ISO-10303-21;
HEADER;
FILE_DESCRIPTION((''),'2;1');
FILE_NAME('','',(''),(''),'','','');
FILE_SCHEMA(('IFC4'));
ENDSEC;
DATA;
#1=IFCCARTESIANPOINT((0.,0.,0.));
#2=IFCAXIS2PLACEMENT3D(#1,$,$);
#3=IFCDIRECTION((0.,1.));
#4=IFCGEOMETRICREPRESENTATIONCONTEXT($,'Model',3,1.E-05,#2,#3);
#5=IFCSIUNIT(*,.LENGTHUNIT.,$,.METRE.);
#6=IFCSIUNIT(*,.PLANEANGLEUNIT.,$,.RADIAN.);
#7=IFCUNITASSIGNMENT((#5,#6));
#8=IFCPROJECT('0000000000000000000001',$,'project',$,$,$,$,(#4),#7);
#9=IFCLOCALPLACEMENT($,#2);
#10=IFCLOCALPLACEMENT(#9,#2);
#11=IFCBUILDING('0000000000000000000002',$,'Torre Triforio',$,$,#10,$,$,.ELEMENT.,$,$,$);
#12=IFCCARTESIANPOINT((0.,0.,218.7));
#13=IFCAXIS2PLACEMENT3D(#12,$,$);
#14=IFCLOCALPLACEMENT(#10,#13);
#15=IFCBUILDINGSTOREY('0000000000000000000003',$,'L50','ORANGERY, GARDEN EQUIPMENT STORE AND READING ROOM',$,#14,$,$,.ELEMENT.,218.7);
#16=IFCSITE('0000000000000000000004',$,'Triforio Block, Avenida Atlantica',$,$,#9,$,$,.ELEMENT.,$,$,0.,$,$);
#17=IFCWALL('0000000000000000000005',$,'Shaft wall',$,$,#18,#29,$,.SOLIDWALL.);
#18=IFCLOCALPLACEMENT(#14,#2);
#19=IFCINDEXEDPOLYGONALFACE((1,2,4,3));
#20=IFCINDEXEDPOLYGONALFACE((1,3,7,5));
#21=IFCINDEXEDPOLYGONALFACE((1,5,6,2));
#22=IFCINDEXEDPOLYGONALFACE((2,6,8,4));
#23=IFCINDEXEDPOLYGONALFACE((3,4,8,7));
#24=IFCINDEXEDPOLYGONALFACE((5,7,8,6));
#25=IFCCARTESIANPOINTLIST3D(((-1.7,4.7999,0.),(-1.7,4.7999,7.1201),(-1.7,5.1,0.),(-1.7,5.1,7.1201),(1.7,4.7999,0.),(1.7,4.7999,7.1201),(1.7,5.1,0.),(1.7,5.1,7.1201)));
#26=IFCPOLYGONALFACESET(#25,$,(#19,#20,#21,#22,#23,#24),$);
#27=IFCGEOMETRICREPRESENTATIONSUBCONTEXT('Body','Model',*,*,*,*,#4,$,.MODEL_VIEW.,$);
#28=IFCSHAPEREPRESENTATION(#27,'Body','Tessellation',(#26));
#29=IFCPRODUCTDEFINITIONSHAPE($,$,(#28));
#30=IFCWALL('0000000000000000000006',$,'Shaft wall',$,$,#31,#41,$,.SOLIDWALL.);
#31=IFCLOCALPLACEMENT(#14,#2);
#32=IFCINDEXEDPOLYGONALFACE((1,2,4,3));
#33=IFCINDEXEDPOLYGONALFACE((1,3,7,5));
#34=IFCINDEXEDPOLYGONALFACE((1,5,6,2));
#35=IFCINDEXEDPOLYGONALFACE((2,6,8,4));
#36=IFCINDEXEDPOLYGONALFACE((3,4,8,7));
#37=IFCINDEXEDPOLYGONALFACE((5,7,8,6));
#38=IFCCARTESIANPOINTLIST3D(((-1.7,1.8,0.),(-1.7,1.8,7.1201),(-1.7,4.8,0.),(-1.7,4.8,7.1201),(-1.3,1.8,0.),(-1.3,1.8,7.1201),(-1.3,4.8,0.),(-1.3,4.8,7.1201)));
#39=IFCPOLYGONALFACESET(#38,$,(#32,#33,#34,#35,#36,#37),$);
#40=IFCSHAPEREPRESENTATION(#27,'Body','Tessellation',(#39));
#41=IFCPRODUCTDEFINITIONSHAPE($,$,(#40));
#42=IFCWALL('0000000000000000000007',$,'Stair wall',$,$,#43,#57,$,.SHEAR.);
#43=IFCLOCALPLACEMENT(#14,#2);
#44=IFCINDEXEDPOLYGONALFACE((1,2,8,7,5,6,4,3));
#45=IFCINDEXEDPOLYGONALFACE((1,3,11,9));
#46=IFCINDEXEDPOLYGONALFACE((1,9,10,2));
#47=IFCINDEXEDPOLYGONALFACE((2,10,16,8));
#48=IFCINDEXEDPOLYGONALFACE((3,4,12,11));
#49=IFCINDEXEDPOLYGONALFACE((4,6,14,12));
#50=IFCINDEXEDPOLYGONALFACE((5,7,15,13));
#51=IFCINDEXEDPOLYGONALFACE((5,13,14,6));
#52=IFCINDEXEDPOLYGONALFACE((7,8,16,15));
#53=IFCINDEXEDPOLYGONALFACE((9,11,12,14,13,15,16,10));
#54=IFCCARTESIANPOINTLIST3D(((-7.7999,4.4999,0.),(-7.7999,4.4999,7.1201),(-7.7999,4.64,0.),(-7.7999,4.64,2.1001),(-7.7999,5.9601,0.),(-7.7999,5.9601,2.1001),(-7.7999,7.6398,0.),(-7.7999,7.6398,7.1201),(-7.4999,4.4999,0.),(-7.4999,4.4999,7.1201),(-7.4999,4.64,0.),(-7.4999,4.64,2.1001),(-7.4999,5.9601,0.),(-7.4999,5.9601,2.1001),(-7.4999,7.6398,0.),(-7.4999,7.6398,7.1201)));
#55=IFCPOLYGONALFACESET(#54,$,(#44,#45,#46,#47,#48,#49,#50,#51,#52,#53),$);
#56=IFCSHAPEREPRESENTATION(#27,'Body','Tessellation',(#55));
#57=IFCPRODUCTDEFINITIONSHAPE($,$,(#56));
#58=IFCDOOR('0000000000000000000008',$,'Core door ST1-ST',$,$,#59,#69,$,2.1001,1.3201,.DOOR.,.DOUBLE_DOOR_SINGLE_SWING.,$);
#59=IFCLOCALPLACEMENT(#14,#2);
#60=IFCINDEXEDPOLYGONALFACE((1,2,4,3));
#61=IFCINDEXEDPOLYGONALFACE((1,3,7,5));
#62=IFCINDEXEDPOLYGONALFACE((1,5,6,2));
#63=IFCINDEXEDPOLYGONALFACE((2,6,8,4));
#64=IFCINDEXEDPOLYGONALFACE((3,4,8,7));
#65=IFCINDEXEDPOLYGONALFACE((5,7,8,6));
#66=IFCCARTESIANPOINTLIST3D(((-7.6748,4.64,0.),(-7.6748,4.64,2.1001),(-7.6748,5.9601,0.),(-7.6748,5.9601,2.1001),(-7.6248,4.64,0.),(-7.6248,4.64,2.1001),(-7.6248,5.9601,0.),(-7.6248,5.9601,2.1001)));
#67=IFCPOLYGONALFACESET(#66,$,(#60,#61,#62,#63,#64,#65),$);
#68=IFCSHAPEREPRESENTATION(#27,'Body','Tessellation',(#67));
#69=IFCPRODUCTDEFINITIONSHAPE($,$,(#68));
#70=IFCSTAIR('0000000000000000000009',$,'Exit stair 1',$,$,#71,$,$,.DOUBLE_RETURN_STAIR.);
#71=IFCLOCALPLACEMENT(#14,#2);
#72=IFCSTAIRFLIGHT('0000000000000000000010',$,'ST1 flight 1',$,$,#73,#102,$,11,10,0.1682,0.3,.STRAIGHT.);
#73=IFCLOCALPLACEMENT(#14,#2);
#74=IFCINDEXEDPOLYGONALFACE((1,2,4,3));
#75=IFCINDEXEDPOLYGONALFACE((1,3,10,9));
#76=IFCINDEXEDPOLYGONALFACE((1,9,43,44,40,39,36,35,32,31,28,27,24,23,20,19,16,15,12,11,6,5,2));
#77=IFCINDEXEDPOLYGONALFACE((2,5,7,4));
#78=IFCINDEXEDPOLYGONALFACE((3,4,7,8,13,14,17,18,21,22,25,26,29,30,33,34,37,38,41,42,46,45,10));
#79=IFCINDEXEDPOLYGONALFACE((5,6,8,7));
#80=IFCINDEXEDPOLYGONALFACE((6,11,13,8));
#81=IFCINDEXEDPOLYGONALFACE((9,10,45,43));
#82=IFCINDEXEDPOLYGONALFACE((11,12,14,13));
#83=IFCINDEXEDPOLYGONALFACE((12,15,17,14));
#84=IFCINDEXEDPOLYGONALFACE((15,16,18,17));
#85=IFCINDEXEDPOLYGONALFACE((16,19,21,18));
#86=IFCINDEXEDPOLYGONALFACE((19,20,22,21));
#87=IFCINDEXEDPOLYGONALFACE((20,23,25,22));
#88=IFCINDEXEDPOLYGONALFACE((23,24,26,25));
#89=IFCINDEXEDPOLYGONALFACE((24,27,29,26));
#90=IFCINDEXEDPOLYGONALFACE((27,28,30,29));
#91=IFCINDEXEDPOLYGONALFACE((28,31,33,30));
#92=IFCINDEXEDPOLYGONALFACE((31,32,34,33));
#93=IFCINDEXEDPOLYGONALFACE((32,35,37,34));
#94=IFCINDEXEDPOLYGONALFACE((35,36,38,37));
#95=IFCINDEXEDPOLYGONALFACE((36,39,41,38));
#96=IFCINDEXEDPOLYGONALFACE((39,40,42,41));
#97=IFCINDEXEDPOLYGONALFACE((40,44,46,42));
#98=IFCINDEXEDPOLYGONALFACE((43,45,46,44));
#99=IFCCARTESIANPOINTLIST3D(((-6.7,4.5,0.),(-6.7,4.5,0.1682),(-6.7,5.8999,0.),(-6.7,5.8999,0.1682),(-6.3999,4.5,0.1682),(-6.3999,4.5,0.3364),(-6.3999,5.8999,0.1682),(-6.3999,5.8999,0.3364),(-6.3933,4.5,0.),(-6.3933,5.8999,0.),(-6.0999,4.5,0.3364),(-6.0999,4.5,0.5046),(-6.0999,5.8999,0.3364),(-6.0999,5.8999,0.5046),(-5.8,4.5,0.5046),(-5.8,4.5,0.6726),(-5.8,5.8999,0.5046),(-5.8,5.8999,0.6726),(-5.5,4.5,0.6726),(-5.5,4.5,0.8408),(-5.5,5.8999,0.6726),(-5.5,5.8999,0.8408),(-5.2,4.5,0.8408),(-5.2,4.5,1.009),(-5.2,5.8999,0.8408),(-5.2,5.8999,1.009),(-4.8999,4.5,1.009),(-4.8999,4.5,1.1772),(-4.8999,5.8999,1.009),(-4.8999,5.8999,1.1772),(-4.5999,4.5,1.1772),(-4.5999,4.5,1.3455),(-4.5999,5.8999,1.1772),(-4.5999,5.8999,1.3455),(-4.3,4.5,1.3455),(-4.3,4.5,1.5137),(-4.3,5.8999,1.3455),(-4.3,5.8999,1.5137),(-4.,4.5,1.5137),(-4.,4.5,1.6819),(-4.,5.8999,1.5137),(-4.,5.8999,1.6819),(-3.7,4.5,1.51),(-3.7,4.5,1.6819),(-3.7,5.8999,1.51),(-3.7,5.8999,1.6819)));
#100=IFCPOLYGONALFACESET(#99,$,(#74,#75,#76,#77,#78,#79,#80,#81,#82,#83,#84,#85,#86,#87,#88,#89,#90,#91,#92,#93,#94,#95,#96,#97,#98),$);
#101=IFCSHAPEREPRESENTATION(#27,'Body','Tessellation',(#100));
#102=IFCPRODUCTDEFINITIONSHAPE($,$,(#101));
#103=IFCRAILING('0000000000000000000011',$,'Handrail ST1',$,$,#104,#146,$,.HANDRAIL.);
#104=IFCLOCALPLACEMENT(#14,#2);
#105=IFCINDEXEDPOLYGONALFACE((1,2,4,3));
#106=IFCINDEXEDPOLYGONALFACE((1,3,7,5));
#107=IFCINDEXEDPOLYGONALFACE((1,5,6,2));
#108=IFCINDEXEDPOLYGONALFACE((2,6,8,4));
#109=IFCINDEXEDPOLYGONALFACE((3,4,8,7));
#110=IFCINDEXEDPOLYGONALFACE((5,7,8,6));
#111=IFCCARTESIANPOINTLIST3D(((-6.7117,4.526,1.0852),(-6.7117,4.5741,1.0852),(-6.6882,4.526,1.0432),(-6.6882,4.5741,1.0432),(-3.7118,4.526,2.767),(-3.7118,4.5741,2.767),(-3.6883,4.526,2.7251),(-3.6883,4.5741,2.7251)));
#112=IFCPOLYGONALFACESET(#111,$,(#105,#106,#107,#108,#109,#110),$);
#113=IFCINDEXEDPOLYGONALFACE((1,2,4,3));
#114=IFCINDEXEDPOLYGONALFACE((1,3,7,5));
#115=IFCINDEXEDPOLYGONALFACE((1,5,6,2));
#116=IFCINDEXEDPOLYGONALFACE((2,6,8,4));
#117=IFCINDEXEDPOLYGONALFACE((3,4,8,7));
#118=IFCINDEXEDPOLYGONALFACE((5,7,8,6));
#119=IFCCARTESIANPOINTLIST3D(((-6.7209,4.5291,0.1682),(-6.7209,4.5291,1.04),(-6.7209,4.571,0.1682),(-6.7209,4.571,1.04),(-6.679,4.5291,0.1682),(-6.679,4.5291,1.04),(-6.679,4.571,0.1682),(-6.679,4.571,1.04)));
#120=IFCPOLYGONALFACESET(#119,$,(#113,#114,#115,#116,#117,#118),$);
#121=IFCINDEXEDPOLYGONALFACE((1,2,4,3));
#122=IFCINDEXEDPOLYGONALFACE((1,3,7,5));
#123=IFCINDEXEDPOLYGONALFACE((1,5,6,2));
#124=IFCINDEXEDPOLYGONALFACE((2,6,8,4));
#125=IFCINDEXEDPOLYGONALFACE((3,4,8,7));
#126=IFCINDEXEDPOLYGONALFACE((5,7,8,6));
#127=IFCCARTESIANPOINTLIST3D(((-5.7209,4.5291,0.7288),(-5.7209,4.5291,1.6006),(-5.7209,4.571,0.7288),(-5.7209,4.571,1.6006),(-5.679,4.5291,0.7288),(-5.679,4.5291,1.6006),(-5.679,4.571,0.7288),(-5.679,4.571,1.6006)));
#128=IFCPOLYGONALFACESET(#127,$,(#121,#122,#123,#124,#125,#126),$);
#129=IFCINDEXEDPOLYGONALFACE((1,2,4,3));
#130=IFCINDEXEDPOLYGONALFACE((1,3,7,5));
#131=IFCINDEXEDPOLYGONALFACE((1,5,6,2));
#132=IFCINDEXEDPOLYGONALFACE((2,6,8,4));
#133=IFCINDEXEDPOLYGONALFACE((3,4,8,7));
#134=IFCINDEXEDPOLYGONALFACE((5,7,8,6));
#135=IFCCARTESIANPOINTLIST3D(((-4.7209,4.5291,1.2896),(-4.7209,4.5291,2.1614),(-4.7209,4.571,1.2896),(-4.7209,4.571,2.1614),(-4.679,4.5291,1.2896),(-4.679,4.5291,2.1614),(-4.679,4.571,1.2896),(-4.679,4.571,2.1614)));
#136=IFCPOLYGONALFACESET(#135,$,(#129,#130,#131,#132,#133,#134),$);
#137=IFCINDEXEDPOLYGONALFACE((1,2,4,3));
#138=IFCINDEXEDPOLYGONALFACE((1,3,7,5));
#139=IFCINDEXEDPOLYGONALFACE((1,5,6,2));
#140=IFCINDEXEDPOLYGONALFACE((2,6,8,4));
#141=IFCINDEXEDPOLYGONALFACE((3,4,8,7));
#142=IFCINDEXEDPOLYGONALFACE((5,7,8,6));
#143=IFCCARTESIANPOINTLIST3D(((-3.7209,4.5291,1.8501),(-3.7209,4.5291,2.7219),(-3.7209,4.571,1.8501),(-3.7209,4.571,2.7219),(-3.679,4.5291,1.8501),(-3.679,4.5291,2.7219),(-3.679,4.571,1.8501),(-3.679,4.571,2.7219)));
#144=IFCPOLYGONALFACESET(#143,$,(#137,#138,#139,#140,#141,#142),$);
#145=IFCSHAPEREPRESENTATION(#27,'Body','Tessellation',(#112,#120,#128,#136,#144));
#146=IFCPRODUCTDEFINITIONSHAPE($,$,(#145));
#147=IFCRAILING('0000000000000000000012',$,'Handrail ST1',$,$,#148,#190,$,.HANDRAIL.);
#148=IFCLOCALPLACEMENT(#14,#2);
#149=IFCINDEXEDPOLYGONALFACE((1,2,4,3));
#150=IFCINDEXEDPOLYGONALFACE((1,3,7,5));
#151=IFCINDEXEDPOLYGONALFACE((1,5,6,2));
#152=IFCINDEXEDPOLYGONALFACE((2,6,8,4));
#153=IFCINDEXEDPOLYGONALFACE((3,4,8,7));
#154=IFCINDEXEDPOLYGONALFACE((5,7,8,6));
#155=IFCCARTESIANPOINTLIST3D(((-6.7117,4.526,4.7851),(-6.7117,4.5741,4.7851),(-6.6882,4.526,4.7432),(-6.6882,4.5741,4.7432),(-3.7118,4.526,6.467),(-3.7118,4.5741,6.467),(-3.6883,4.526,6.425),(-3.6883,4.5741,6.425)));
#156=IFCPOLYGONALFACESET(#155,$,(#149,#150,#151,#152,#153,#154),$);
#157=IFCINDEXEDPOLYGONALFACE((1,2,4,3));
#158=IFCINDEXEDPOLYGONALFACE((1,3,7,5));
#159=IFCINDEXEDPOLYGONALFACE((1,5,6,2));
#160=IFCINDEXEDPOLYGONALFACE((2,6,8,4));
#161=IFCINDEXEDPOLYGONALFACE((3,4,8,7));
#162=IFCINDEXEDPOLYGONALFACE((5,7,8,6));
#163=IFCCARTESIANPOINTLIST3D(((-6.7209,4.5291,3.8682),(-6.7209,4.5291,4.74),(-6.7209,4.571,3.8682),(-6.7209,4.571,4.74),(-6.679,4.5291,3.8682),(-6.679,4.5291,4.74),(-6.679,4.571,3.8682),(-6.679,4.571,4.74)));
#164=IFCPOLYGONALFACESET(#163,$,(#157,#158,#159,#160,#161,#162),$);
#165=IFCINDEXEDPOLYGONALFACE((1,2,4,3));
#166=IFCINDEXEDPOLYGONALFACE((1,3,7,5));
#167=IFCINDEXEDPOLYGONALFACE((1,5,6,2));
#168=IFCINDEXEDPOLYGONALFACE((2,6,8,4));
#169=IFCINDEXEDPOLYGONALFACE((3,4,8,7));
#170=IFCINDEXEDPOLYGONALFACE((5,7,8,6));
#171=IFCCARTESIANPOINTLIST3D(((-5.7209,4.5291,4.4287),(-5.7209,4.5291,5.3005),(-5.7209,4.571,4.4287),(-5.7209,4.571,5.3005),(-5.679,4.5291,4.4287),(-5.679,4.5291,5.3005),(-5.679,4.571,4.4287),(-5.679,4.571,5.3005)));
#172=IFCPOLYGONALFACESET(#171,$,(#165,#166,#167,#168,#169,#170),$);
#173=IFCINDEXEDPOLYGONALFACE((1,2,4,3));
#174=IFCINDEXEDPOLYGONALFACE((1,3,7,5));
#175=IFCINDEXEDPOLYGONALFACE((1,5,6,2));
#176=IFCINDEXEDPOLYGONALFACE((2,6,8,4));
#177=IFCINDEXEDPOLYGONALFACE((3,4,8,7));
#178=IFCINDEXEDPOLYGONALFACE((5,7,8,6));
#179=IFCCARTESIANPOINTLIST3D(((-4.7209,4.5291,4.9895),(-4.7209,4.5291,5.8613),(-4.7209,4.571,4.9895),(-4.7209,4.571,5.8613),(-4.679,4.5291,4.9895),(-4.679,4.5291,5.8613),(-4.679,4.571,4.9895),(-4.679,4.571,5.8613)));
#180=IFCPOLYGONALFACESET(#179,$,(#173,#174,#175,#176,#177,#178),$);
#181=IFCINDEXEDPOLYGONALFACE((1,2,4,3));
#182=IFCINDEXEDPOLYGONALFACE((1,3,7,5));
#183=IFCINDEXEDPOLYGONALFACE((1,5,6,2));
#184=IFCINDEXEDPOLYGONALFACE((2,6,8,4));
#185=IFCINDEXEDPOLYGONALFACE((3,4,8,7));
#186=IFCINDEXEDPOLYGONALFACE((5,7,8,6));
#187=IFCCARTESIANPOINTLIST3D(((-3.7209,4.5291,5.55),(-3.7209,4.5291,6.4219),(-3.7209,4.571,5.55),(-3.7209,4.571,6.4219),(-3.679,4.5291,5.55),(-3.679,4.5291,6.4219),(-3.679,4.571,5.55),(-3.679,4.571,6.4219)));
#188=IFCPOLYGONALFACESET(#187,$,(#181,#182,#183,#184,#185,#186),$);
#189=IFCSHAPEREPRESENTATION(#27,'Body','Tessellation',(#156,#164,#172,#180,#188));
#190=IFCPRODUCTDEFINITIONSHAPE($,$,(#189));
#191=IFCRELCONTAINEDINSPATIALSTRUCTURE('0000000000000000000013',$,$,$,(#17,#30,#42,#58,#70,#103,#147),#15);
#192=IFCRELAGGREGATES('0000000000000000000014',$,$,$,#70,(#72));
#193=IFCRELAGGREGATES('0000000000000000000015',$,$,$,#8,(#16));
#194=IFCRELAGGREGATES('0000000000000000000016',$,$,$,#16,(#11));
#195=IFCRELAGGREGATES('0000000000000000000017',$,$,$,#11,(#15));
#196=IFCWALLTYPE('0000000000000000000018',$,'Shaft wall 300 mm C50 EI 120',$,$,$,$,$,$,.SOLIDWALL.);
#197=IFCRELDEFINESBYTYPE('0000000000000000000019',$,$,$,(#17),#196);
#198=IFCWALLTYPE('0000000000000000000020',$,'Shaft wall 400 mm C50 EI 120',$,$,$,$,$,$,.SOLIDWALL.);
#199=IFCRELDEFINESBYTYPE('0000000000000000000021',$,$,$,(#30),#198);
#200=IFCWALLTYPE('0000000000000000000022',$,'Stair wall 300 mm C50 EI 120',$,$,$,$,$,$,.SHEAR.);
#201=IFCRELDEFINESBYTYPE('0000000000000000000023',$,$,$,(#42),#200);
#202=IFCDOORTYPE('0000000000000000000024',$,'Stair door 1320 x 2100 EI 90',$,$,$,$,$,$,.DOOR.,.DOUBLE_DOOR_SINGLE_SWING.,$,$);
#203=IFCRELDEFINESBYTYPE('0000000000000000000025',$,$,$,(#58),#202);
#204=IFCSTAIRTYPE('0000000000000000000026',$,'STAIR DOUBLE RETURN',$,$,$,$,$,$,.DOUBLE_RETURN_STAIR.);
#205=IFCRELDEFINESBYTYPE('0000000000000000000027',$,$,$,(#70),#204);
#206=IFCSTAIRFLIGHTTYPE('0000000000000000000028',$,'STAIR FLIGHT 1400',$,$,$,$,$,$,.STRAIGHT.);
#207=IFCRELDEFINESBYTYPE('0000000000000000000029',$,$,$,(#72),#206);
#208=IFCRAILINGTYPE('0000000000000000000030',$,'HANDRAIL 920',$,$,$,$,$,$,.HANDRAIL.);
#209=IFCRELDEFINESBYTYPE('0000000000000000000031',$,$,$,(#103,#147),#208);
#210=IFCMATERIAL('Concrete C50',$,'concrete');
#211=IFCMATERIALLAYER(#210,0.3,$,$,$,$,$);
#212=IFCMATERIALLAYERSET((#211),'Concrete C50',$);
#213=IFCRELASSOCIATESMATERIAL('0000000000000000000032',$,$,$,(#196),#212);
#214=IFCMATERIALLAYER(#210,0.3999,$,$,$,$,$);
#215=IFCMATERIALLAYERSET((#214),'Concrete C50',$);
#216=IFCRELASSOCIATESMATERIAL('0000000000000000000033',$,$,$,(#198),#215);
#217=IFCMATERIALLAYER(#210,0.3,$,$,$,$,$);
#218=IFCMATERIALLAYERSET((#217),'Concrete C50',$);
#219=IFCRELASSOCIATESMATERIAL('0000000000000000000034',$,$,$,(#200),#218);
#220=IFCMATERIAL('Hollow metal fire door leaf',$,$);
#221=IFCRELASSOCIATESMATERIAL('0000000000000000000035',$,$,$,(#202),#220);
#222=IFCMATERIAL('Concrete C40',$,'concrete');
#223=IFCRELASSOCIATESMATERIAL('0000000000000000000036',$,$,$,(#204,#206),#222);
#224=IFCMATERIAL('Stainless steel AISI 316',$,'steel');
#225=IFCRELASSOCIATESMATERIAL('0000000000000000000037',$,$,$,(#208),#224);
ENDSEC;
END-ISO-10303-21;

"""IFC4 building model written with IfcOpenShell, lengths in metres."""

from ifc_helpers import new_model, si_unit, direction, frame, frame_2d, origin, origin_2d, place, context, subcontext, project, spatial, polyline, rectangle, outline, extrude, material, layer, layer_set, type_object, element, fill, aggregate, save


model = new_model("IFC4")

# Units and contexts
model_context = context("Model", 3, precision=1e-05, world=origin(), true_north=direction((0.0, 1.0)))
body_context = subcontext(model_context, "Body", "Model", "MODEL_VIEW")
ifc_project = project(units=[si_unit("LENGTHUNIT", "METRE"), si_unit("PLANEANGLEUNIT", "RADIAN")], contexts=[model_context])

# Site, building, storey
site_placement = place(None, origin())
site = spatial("IfcSite", under=ifc_project, at=site_placement, Name="Triforio Block, Avenida Atlantica", CompositionType="ELEMENT", RefElevation=0.0)
building_placement = place(site_placement, origin())
building = spatial("IfcBuilding", under=site, at=building_placement, Name="Torre Triforio", CompositionType="ELEMENT")
storey_placement = place(building_placement, frame((0.0, 0.0, 218.7)))
storey = spatial("IfcBuildingStorey", under=building, at=storey_placement, Name="L50", Description="ORANGERY, GARDEN EQUIPMENT STORE AND READING ROOM", CompositionType="ELEMENT", Elevation=218.7)

# Shared definitions
ifc_material_1 = material(Name="Concrete C40", Category="concrete")

# Shared definitions
ifc_material_2 = material(Name="Concrete C50", Category="concrete")

# Shared definitions
ifc_material_3 = material(Name="Hollow metal fire door leaf")

# Shared definitions
ifc_layer_1 = layer(ifc_material_2, 0.3)
ifc_layer_set_1 = layer_set([ifc_layer_1], Name="Concrete C50")
wall_type_1 = type_object("IfcWallType", Name="Shaft wall 300 mm C50 EI 120", PredefinedType="SOLIDWALL", material=ifc_layer_set_1)

# Walls
wall_1_placement = place(storey_placement, frame((-1.7, 4.95, 0.0), z_axis=(0.0, 0.0, 1.0), x_axis=(1.0, 0.0, 0.0)))
element("IfcWall", 1, at=wall_1_placement, inside=storey, type_object=wall_type_1, Name="Shaft wall", PredefinedType="SOLIDWALL", context=body_context, shape_type="SweptSolid", body=[
    extrude(rectangle(XDim=3.3999, YDim=0.3, at=frame_2d((1.7, 0.0))), origin(), (0.0, 0.0, 1.0), 7.1201),
])
ifc_layer_2 = layer(ifc_material_2, 0.3999)
ifc_layer_set_2 = layer_set([ifc_layer_2], Name="Concrete C50")
wall_type_2 = type_object("IfcWallType", Name="Shaft wall 400 mm C50 EI 120", PredefinedType="SOLIDWALL", material=ifc_layer_set_2)
wall_2_placement = place(storey_placement, frame((-1.5, 1.8, 0.0), z_axis=(0.0, 0.0, 1.0), x_axis=(0.0, 1.0, 0.0)))
element("IfcWall", 2, at=wall_2_placement, inside=storey, type_object=wall_type_2, Name="Shaft wall", PredefinedType="SOLIDWALL", context=body_context, shape_type="SweptSolid", body=[
    extrude(rectangle(XDim=3.0, YDim=0.3999, at=frame_2d((1.5, 0.0))), origin(), (0.0, 0.0, 1.0), 7.1201),
])

# Wall, opening, door
ifc_layer_3 = layer(ifc_material_2, 0.3)
ifc_layer_set_3 = layer_set([ifc_layer_3], Name="Concrete C50")
wall_type_3 = type_object("IfcWallType", Name="Stair wall 300 mm C50 EI 120", PredefinedType="SHEAR", material=ifc_layer_set_3)
wall_3_placement = place(storey_placement, frame((-7.6499, 4.5, 0.0), z_axis=(0.0, 0.0, 1.0), x_axis=(0.0, 1.0, 0.0)))
wall_3 = element("IfcWall", 3, at=wall_3_placement, inside=storey, type_object=wall_type_3, Name="Stair wall", PredefinedType="SHEAR", context=body_context, shape_type="SweptSolid", body=[
    extrude(rectangle(XDim=3.1399, YDim=0.3, at=frame_2d((1.5698, 0.0))), origin(), (0.0, 0.0, 1.0), 7.1201),
])
opening_1_placement = place(wall_3_placement, frame((0.1399, 0.0, 0.0)))
opening_1 = element("IfcOpeningElement", 4, at=opening_1_placement, cuts=wall_3, PredefinedType="OPENING", context=body_context, shape_type="SweptSolid", body=[
    extrude(rectangle(XDim=1.3201, YDim=2.1001, at=frame_2d((0.6602, 1.05))), frame((0.0, 0.1599, 0.0), z_axis=(0.0, -1.0, 0.0), x_axis=(1.0, 0.0, 0.0)), (0.0, 0.0, 1.0), 0.3201),
])
door_type_1 = type_object("IfcDoorType", Name="Stair door 1320 x 2100 EI 90", OperationType="DOUBLE_DOOR_SINGLE_SWING", PredefinedType="DOOR", material=ifc_material_3)
door_1_placement = place(opening_1_placement, origin())
door_1 = element("IfcDoor", 5, at=door_1_placement, inside=storey, type_object=door_type_1, Name="Core door ST1-ST", OperationType="DOUBLE_DOOR_SINGLE_SWING", OverallHeight=2.1001, OverallWidth=1.3201, PredefinedType="DOOR", context=body_context, shape_type="SweptSolid", body=[
    extrude(rectangle(XDim=1.3201, YDim=2.1001, at=frame_2d((0.6602, 1.05))), frame((0.0, 0.0249, 0.0), z_axis=(0.0, -1.0, 0.0), x_axis=(1.0, 0.0, 0.0)), (0.0, 0.0, 1.0), 0.05),
])
fill(opening_1, door_1)

# Stair, stair flight
stair_type = type_object("IfcStairType", Name="STAIR DOUBLE RETURN", PredefinedType="DOUBLE_RETURN_STAIR", material=ifc_material_1)
stair_placement = place(storey_placement, origin())
stair = element("IfcStair", 6, at=stair_placement, inside=storey, type_object=stair_type, Name="Exit stair 1", PredefinedType="DOUBLE_RETURN_STAIR")
stair_flight_type = type_object("IfcStairFlightType", Name="STAIR FLIGHT 1400", PredefinedType="STRAIGHT", material=ifc_material_1)
stair_flight_placement = place(storey_placement, frame((-6.7, 5.2, 0.0), z_axis=(0.0, 0.0, 1.0), x_axis=(1.0, 0.0, 0.0)))
stair_flight = element("IfcStairFlight", 7, at=stair_flight_placement, type_object=stair_flight_type, Name="ST1 flight 1", NumberOfRisers=11, NumberOfTreads=10, PredefinedType="STRAIGHT", RiserHeight=0.1682, TreadLength=0.3, context=body_context, shape_type="SweptSolid", body=[
    extrude(outline(polyline([(0.0, 0.0), (0.0, 0.1682), (0.3, 0.1682), (0.3, 0.3364), (0.6001, 0.3364), (0.6001, 0.5046), (0.8999, 0.5046), (0.8999, 0.6726), (1.2, 0.6726), (1.2, 0.8408), (1.5, 0.8408), (1.5, 1.009), (1.8, 1.009), (1.8, 1.1772), (2.1001, 1.1772), (2.1001, 1.3455), (2.3999, 1.3455), (2.3999, 1.5137), (2.7, 1.5137), (2.7, 1.6819), (3.0, 1.6819), (3.0, 1.8501), (3.0, 1.51), (0.3066, 0.0), (0.0, 0.0)])), frame((0.0, 0.7, 0.0), z_axis=(0.0, -1.0, 0.0), x_axis=(1.0, 0.0, 0.0)), (0.0, 0.0, 1.0), 1.3999),
])
aggregate(stair, [stair_flight])

# Railings
ifc_material_4 = material(Name="Stainless steel AISI 316", Category="steel")
railing_type = type_object("IfcRailingType", Name="HANDRAIL 920", PredefinedType="HANDRAIL", material=ifc_material_4)
for number, where, name in (
    (8, (-6.7, 4.55, 0.1682), "Handrail ST1"),
    (9, (-6.7, 4.55, 3.8682), "Handrail ST1"),
):
    element("IfcRailing", number, at=place(storey_placement, frame(where)), inside=storey, type_object=railing_type, Name=name, PredefinedType="HANDRAIL", context=body_context, shape_type="SweptSolid", body=[
        extrude(rectangle(XDim=0.0481, YDim=0.0481, at=origin_2d()), frame((0.0, 0.0, 0.896), z_axis=(0.872272, 0.0, 0.48902), x_axis=(0.0, 1.0, 0.0)), (0.0, 0.0, 1.0), 3.4392),
        extrude(rectangle(XDim=0.042, YDim=0.042, at=origin_2d()), origin(), (0.0, 0.0, 1.0), 0.8718),
        extrude(rectangle(XDim=0.042, YDim=0.042, at=origin_2d()), frame((1.0, 0.0, 0.5605)), (0.0, 0.0, 1.0), 0.8718),
        extrude(rectangle(XDim=0.042, YDim=0.042, at=origin_2d()), frame((2.0, 0.0, 1.1213)), (0.0, 0.0, 1.0), 0.8718),
        extrude(rectangle(XDim=0.042, YDim=0.042, at=origin_2d()), frame((3.0, 0.0, 1.6819)), (0.0, 0.0, 1.0), 0.8718),
    ])

save(model, "model.ifc")
